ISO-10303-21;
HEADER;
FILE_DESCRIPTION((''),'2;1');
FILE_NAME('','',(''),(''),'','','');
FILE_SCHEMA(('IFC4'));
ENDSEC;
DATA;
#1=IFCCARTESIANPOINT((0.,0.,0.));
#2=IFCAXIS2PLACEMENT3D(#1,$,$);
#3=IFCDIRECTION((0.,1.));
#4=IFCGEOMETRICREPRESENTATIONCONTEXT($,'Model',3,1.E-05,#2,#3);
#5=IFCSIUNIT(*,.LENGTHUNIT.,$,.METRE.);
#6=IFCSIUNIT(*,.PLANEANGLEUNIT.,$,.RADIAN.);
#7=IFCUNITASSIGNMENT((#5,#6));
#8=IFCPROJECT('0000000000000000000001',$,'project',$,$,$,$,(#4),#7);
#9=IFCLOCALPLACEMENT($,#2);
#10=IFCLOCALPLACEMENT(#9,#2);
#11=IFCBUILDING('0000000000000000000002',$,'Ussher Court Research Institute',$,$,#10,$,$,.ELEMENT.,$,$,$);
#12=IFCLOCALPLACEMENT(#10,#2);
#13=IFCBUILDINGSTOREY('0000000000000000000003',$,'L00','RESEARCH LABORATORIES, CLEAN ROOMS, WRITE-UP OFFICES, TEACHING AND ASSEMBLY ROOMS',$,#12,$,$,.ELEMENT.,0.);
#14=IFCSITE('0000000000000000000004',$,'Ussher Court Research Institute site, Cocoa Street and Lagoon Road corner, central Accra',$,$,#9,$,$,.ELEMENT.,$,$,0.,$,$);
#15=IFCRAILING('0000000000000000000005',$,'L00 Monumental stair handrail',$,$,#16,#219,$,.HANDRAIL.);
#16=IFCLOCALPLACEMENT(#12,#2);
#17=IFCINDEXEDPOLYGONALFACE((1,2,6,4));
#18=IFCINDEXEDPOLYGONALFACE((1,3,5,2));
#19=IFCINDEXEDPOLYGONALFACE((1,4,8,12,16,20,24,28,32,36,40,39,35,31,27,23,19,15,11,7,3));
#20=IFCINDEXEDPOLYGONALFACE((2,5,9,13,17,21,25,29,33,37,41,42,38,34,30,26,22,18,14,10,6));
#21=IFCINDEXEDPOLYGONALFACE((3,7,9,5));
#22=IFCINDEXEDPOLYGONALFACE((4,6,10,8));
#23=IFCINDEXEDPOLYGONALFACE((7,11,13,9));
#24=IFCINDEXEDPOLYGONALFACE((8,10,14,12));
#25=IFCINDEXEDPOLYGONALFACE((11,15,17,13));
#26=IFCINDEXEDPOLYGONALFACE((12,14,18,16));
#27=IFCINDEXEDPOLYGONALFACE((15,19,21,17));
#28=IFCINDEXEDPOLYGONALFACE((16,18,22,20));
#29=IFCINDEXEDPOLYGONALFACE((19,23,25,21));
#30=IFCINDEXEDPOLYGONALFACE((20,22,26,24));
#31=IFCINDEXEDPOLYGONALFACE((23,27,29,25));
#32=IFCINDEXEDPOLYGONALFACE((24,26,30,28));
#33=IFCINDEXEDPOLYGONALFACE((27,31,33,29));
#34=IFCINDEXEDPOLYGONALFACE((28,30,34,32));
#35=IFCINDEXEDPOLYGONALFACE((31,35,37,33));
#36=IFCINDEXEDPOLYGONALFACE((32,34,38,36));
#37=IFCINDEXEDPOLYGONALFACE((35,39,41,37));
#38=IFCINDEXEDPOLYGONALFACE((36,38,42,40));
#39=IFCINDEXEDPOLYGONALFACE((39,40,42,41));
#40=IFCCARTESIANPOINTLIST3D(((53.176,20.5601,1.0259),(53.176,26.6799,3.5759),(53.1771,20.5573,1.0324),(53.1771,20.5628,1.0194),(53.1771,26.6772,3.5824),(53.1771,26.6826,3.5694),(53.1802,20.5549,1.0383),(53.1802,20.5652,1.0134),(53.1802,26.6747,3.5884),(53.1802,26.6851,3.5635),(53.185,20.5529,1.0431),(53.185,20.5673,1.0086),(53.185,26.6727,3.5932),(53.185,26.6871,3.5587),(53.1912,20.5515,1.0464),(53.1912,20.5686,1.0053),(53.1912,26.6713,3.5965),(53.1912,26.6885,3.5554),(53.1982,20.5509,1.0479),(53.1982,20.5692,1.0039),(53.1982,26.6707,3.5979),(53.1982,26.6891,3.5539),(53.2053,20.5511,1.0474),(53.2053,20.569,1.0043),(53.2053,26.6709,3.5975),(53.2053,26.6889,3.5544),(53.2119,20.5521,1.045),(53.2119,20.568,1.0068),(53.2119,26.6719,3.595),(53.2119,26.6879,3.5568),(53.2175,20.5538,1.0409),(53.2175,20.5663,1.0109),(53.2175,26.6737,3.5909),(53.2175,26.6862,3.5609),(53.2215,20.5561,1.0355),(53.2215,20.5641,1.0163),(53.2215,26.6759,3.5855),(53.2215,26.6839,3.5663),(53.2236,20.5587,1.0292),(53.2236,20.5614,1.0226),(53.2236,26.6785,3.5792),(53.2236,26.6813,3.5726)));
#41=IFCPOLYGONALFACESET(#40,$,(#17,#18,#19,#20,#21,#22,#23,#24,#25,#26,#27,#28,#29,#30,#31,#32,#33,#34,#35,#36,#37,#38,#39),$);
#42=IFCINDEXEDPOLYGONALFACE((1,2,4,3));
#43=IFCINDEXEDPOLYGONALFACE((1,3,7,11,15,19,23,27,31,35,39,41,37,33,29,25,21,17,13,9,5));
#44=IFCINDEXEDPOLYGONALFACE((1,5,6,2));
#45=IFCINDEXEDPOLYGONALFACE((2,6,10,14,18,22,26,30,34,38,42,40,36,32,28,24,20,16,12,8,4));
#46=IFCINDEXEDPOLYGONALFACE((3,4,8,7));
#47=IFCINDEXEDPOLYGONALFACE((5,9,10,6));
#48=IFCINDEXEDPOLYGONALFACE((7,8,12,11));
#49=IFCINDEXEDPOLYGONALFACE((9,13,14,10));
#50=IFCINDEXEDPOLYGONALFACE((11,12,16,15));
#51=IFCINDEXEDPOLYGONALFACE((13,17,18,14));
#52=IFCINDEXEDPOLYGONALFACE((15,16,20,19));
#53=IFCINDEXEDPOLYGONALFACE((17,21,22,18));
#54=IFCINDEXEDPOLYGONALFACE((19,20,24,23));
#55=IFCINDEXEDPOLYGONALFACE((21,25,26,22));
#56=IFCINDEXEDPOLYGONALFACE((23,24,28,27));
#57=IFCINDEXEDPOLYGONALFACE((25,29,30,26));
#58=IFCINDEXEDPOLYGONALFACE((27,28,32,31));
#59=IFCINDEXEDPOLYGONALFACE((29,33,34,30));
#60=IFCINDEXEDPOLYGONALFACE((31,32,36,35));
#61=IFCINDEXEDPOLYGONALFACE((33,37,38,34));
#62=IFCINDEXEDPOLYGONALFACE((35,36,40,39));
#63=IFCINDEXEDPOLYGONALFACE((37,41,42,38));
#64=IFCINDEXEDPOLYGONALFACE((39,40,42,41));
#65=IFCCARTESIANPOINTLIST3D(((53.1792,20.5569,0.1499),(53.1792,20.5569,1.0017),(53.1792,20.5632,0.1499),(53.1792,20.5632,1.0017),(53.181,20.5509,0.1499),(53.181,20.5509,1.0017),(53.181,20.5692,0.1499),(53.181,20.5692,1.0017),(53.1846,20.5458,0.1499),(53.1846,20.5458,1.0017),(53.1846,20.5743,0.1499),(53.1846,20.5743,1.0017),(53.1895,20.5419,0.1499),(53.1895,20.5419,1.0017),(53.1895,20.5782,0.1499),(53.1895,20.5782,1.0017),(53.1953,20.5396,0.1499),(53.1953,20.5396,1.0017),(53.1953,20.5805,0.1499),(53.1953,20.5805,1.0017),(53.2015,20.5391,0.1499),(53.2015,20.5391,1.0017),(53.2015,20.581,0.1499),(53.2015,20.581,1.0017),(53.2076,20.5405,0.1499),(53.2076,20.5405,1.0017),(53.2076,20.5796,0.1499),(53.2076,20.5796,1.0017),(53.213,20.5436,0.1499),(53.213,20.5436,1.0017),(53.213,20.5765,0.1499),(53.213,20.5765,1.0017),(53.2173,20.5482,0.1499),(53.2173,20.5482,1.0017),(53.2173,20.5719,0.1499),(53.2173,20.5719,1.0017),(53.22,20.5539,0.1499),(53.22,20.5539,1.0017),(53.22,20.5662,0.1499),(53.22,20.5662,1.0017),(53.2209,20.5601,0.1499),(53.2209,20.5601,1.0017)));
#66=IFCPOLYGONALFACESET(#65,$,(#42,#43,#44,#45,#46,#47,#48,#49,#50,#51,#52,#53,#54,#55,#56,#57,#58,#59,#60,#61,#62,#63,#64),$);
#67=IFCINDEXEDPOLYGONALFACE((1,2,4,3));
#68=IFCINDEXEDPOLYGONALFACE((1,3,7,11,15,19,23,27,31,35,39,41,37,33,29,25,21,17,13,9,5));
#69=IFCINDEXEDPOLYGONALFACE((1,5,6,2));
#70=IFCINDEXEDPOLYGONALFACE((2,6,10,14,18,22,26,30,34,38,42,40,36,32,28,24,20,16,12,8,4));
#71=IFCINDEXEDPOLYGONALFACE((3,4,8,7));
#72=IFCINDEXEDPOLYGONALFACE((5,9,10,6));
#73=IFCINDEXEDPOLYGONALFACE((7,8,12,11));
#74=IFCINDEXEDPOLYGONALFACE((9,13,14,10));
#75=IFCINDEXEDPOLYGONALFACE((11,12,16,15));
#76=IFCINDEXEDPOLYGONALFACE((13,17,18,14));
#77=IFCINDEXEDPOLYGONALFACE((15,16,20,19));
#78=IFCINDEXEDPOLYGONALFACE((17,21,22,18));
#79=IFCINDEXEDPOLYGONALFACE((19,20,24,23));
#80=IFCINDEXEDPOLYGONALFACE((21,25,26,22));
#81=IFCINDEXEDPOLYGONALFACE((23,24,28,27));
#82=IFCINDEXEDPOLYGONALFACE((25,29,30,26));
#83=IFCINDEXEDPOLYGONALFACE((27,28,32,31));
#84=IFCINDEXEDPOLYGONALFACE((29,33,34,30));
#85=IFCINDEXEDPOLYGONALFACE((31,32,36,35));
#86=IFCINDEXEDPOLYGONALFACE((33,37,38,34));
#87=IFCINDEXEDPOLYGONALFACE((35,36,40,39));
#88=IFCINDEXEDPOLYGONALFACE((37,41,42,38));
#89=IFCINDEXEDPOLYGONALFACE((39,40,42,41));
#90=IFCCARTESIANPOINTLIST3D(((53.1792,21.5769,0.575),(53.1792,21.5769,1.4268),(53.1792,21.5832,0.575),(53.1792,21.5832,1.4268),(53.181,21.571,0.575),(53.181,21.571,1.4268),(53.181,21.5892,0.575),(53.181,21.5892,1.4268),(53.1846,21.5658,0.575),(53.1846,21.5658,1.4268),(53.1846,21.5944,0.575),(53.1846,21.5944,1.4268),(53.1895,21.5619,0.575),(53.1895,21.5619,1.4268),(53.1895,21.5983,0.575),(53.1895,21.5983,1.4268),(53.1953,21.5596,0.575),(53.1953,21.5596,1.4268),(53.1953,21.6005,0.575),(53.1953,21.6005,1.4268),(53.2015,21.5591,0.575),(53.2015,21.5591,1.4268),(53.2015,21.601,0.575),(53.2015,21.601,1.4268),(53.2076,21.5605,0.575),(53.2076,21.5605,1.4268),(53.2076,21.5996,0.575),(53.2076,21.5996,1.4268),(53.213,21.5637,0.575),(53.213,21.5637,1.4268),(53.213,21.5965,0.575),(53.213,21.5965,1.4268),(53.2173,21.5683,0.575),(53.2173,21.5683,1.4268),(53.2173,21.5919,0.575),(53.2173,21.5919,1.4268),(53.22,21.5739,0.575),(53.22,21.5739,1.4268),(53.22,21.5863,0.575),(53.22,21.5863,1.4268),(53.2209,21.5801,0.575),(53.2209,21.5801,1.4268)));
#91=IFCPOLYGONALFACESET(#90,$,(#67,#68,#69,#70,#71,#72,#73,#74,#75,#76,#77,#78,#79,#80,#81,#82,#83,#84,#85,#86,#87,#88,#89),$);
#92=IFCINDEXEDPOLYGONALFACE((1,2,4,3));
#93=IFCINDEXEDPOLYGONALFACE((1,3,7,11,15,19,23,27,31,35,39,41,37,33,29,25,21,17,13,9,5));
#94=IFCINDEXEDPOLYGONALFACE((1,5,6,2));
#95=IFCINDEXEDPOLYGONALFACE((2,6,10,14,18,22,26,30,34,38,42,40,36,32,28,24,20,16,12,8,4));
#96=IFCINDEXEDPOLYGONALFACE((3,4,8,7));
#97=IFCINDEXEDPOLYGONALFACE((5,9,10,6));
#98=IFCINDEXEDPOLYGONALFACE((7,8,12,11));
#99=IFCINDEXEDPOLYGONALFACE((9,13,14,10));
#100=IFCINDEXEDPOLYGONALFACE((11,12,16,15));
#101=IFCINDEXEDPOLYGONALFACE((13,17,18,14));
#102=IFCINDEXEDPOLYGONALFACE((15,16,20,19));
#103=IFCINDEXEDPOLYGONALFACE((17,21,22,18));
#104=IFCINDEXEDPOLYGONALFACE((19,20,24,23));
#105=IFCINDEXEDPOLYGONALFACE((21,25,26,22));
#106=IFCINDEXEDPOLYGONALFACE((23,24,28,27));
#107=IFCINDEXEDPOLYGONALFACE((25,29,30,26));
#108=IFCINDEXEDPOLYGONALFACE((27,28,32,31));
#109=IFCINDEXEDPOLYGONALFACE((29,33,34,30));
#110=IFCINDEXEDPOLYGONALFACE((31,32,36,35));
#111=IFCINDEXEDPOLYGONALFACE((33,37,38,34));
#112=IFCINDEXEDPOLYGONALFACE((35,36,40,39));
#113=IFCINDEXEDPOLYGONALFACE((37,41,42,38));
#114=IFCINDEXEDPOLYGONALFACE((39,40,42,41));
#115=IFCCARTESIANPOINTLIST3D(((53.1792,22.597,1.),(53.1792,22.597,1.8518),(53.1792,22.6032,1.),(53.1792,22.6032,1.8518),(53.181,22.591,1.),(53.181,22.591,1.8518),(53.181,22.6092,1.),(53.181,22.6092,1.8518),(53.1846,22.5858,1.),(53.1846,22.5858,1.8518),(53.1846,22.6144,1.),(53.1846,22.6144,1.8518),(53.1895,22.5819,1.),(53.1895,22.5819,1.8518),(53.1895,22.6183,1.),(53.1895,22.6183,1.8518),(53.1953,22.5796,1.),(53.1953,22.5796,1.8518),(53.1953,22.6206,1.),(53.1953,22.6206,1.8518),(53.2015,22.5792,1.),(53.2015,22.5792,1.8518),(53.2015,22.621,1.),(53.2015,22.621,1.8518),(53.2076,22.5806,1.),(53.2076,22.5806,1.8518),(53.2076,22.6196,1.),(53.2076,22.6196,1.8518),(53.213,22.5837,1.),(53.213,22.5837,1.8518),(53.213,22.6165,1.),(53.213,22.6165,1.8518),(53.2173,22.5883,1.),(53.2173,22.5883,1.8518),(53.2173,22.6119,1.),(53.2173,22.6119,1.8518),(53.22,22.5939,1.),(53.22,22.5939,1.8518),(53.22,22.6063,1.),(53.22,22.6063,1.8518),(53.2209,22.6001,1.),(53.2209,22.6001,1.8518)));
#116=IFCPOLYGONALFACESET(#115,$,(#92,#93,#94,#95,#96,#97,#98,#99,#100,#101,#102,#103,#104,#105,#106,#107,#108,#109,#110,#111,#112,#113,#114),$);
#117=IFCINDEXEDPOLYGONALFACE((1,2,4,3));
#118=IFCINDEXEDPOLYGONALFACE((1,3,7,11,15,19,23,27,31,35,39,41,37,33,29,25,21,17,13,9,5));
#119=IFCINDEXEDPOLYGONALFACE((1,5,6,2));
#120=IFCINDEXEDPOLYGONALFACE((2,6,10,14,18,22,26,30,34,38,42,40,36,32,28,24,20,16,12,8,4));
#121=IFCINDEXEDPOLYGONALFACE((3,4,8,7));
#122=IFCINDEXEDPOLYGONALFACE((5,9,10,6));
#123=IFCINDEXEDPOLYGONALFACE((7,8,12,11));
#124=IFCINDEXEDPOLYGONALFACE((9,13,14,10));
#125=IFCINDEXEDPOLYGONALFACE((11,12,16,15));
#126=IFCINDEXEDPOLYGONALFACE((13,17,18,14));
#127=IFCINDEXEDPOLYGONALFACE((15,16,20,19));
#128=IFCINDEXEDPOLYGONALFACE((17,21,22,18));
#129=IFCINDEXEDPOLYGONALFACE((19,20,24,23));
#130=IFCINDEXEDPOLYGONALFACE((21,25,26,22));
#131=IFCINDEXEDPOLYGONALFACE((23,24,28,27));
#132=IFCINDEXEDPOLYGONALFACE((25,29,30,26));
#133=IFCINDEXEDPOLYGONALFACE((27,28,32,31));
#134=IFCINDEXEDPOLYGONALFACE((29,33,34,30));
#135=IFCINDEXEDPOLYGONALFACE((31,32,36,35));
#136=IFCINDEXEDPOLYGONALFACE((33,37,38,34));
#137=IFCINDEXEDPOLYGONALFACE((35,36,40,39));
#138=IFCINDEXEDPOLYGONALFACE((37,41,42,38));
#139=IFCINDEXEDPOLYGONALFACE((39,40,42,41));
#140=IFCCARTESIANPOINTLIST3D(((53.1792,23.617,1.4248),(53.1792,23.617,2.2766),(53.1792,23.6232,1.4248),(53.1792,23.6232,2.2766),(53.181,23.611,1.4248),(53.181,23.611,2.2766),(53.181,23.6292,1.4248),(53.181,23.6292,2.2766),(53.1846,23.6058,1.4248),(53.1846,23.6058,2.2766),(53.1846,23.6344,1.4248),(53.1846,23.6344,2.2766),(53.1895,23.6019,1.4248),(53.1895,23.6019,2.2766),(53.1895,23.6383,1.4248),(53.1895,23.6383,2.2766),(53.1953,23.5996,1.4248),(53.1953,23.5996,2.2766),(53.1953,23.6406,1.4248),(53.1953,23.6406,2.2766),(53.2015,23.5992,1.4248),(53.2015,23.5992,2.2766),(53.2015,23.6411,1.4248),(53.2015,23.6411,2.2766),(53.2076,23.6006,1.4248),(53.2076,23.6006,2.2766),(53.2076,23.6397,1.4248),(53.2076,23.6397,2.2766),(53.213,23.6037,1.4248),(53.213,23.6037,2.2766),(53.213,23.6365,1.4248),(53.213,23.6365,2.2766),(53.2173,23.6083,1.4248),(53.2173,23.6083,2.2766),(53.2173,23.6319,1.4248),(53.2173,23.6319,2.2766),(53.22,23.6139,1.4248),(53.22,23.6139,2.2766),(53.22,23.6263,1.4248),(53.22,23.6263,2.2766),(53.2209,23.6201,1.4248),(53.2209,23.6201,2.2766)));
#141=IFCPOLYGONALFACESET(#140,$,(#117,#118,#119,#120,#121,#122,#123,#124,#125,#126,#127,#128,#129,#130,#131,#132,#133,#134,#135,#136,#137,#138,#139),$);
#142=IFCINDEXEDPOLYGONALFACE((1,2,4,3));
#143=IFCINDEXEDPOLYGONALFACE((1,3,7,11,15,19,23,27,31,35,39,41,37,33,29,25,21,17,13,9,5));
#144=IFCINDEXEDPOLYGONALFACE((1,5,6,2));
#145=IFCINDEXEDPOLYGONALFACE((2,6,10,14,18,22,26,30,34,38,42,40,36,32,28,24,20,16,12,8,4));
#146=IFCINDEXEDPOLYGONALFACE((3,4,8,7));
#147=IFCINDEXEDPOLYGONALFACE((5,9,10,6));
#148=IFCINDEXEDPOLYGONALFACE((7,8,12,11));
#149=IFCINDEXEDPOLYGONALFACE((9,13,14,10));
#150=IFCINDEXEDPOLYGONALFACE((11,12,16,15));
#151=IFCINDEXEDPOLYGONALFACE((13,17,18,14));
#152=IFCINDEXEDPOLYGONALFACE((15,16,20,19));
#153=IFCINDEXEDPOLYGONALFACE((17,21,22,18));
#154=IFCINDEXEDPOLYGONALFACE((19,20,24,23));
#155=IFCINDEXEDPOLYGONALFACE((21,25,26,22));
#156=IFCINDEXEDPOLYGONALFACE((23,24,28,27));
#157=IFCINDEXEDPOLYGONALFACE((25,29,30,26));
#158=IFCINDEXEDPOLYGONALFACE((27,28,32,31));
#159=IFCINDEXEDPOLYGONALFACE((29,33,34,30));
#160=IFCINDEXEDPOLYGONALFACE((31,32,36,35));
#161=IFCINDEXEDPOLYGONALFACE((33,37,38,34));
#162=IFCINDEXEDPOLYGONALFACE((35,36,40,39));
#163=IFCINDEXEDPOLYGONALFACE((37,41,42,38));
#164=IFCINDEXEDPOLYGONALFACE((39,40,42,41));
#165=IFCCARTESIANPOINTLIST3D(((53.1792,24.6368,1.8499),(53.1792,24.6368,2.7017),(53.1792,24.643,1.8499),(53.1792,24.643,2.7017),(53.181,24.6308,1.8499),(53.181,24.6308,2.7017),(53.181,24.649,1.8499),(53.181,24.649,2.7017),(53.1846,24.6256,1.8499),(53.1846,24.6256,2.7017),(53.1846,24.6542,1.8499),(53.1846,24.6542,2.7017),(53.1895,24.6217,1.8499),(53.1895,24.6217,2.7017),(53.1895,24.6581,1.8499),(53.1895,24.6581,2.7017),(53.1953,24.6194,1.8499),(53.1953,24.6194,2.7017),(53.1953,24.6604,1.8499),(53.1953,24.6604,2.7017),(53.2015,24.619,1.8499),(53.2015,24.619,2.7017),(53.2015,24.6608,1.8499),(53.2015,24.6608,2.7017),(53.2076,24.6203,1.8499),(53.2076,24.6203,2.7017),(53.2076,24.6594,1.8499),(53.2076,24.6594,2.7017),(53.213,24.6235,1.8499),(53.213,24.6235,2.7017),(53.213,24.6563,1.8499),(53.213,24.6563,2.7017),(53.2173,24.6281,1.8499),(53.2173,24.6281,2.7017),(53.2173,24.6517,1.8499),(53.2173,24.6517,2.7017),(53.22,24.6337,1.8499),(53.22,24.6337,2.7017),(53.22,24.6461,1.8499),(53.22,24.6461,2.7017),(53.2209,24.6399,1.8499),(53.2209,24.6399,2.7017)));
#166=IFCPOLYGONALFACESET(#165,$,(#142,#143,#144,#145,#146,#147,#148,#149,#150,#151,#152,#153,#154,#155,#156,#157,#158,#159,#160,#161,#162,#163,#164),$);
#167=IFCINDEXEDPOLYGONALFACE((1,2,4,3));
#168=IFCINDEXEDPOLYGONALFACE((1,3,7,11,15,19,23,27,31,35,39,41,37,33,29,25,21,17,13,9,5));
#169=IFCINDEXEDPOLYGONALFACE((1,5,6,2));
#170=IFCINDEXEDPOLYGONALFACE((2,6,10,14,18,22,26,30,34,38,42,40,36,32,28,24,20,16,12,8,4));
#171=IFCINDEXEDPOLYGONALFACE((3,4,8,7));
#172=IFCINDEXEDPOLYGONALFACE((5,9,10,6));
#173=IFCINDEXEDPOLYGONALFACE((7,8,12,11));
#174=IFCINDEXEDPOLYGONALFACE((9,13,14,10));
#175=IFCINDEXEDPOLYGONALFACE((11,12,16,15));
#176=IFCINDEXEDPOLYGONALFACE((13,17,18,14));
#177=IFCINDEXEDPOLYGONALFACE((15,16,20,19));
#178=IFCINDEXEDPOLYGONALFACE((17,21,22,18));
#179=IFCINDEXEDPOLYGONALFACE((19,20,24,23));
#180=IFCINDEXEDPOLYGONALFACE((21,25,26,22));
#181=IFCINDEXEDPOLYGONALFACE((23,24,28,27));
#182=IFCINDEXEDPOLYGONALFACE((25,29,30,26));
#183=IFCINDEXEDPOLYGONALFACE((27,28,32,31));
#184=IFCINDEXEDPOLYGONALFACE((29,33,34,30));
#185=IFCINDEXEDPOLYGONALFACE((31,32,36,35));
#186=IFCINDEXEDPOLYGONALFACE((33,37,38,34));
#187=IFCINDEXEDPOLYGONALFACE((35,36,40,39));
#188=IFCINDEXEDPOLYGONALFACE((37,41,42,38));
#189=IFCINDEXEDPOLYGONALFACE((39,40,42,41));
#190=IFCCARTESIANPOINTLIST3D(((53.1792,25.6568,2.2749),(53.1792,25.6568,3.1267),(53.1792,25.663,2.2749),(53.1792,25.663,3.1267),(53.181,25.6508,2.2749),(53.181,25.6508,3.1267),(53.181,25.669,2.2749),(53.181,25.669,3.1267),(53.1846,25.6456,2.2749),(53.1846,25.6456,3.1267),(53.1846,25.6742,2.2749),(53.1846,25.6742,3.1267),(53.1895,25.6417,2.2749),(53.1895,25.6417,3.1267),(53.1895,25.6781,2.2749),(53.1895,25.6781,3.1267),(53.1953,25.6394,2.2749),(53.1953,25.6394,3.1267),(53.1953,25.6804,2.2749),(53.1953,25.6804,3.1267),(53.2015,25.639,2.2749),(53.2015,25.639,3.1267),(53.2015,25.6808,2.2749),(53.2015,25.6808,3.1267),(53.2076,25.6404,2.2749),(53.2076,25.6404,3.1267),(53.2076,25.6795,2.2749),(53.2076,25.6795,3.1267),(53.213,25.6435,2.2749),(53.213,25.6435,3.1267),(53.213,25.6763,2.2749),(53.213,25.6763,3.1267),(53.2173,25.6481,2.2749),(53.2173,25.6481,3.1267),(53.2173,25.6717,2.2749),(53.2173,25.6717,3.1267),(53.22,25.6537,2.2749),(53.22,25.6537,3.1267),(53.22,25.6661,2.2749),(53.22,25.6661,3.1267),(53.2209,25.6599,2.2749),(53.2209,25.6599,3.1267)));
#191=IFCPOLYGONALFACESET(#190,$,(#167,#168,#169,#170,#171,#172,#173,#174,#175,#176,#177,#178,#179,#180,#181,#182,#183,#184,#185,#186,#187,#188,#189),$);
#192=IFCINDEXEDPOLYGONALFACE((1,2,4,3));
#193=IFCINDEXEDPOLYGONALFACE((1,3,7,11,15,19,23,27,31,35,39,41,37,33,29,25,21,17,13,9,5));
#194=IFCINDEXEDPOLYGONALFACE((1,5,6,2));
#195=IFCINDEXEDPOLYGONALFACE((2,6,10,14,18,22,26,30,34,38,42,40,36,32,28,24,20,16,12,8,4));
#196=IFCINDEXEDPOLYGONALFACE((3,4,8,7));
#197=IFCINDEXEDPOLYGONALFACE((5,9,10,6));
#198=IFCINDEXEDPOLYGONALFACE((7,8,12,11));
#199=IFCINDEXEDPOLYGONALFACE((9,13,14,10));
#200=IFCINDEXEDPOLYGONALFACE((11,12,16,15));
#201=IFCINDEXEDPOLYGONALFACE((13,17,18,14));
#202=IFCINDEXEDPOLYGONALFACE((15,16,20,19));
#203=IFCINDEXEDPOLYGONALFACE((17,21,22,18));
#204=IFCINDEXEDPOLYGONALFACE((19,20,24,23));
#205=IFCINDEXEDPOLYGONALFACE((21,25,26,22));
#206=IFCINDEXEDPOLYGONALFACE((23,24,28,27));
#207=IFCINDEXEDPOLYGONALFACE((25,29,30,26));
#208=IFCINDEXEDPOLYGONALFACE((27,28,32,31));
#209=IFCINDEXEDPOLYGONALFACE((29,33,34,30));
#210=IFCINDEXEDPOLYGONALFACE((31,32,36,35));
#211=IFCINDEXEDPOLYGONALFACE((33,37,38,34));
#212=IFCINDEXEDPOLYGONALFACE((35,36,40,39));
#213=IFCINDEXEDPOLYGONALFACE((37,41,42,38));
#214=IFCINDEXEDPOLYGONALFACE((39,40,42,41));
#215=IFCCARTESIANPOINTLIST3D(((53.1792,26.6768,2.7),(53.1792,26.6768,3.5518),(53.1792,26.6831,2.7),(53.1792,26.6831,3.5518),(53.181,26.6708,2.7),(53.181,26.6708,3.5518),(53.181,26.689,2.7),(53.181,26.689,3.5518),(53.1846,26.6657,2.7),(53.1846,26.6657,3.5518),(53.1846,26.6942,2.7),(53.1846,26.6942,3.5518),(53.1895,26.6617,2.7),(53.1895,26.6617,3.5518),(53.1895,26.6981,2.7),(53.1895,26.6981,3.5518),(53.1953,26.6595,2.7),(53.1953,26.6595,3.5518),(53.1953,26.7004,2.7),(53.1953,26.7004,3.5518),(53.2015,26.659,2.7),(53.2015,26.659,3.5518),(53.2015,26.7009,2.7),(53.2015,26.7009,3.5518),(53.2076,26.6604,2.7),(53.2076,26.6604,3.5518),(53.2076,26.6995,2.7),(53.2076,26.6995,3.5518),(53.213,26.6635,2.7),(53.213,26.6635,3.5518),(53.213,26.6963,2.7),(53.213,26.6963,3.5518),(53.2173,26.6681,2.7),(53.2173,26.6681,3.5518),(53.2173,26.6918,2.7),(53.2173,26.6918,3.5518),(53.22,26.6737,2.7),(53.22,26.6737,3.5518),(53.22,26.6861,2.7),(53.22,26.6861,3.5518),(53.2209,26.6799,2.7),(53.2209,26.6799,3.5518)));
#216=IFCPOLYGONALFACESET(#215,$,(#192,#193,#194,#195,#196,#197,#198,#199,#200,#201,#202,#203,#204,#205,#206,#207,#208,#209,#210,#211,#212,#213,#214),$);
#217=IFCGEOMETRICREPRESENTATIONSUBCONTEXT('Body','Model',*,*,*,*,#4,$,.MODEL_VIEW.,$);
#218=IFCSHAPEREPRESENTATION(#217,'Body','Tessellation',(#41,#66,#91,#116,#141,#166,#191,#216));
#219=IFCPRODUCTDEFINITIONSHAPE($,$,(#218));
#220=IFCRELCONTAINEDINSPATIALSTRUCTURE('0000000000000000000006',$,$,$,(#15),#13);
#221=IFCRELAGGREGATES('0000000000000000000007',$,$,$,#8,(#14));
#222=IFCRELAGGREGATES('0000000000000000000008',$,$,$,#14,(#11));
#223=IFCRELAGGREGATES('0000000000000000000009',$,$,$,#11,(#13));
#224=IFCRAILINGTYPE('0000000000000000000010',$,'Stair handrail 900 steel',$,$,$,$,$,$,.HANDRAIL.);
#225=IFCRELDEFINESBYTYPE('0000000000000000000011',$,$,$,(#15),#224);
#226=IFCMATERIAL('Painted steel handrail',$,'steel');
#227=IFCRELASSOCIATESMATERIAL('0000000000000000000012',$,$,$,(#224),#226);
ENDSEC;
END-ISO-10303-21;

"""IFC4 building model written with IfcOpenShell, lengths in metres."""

from ifc_helpers import new_model, si_unit, direction, frame, origin, origin_2d, place, context, subcontext, project, spatial, circle, extrude, material, type_object, element, save


model = new_model("IFC4")

# Units and contexts
model_context = context("Model", 3, precision=1e-05, world=origin(), true_north=direction((0.0, 1.0)))
body_context = subcontext(model_context, "Body", "Model", "MODEL_VIEW")
ifc_project = project(units=[si_unit("LENGTHUNIT", "METRE"), si_unit("PLANEANGLEUNIT", "RADIAN")], contexts=[model_context])

# Site, building, storey
site_placement = place(None, origin())
site = spatial("IfcSite", under=ifc_project, at=site_placement, Name="Ussher Court Research Institute site, Cocoa Street and Lagoon Road corner, central Accra", CompositionType="ELEMENT", RefElevation=0.0)
building_placement = place(site_placement, origin())
building = spatial("IfcBuilding", under=site, at=building_placement, Name="Ussher Court Research Institute", CompositionType="ELEMENT")
storey_placement = place(building_placement, origin())
storey = spatial("IfcBuildingStorey", under=building, at=storey_placement, Name="L00", Description="RESEARCH LABORATORIES, CLEAN ROOMS, WRITE-UP OFFICES, TEACHING AND ASSEMBLY ROOMS", CompositionType="ELEMENT", Elevation=0.0)

# Railing
ifc_material_1 = material(Name="Painted steel handrail", Category="steel")
railing_type_1 = type_object("IfcRailingType", Name="Stair handrail 900 steel", PredefinedType="HANDRAIL", material=ifc_material_1)
for number, where, name in (
    (1, (53.2, 20.5601, 0.1499), "L00 Monumental stair handrail"),
):
    element("IfcRailing", number, at=place(storey_placement, frame(where)), inside=storey, type_object=railing_type_1, Name=name, PredefinedType="HANDRAIL", context=body_context, shape_type="SweptSolid", body=[
        extrude(circle(Radius=0.0239, at=origin_2d()), frame((0.0, 0.0, 0.876), z_axis=(0.0, 0.923071, 0.384628), x_axis=(-1.0, 0.0, 0.0)), (0.0, 0.0, 1.0), 6.6299),
        extrude(circle(Radius=0.021, at=origin_2d()), origin(), (0.0, 0.0, 1.0), 0.8518),
        extrude(circle(Radius=0.021, at=origin_2d()), frame((0.0, 1.02, 0.425)), (0.0, 0.0, 1.0), 0.8518),
        extrude(circle(Radius=0.021, at=origin_2d()), frame((0.0, 2.04, 0.8501)), (0.0, 0.0, 1.0), 0.8518),
        extrude(circle(Radius=0.021, at=origin_2d()), frame((0.0, 3.0601, 1.2749)), (0.0, 0.0, 1.0), 0.8518),
        extrude(circle(Radius=0.021, at=origin_2d()), frame((0.0, 4.0798, 1.7)), (0.0, 0.0, 1.0), 0.8518),
        extrude(circle(Radius=0.021, at=origin_2d()), frame((0.0, 5.0999, 2.125)), (0.0, 0.0, 1.0), 0.8518),
        extrude(circle(Radius=0.021, at=origin_2d()), frame((0.0, 6.1199, 2.55)), (0.0, 0.0, 1.0), 0.8518),
    ])

save(model, "model.ifc")
